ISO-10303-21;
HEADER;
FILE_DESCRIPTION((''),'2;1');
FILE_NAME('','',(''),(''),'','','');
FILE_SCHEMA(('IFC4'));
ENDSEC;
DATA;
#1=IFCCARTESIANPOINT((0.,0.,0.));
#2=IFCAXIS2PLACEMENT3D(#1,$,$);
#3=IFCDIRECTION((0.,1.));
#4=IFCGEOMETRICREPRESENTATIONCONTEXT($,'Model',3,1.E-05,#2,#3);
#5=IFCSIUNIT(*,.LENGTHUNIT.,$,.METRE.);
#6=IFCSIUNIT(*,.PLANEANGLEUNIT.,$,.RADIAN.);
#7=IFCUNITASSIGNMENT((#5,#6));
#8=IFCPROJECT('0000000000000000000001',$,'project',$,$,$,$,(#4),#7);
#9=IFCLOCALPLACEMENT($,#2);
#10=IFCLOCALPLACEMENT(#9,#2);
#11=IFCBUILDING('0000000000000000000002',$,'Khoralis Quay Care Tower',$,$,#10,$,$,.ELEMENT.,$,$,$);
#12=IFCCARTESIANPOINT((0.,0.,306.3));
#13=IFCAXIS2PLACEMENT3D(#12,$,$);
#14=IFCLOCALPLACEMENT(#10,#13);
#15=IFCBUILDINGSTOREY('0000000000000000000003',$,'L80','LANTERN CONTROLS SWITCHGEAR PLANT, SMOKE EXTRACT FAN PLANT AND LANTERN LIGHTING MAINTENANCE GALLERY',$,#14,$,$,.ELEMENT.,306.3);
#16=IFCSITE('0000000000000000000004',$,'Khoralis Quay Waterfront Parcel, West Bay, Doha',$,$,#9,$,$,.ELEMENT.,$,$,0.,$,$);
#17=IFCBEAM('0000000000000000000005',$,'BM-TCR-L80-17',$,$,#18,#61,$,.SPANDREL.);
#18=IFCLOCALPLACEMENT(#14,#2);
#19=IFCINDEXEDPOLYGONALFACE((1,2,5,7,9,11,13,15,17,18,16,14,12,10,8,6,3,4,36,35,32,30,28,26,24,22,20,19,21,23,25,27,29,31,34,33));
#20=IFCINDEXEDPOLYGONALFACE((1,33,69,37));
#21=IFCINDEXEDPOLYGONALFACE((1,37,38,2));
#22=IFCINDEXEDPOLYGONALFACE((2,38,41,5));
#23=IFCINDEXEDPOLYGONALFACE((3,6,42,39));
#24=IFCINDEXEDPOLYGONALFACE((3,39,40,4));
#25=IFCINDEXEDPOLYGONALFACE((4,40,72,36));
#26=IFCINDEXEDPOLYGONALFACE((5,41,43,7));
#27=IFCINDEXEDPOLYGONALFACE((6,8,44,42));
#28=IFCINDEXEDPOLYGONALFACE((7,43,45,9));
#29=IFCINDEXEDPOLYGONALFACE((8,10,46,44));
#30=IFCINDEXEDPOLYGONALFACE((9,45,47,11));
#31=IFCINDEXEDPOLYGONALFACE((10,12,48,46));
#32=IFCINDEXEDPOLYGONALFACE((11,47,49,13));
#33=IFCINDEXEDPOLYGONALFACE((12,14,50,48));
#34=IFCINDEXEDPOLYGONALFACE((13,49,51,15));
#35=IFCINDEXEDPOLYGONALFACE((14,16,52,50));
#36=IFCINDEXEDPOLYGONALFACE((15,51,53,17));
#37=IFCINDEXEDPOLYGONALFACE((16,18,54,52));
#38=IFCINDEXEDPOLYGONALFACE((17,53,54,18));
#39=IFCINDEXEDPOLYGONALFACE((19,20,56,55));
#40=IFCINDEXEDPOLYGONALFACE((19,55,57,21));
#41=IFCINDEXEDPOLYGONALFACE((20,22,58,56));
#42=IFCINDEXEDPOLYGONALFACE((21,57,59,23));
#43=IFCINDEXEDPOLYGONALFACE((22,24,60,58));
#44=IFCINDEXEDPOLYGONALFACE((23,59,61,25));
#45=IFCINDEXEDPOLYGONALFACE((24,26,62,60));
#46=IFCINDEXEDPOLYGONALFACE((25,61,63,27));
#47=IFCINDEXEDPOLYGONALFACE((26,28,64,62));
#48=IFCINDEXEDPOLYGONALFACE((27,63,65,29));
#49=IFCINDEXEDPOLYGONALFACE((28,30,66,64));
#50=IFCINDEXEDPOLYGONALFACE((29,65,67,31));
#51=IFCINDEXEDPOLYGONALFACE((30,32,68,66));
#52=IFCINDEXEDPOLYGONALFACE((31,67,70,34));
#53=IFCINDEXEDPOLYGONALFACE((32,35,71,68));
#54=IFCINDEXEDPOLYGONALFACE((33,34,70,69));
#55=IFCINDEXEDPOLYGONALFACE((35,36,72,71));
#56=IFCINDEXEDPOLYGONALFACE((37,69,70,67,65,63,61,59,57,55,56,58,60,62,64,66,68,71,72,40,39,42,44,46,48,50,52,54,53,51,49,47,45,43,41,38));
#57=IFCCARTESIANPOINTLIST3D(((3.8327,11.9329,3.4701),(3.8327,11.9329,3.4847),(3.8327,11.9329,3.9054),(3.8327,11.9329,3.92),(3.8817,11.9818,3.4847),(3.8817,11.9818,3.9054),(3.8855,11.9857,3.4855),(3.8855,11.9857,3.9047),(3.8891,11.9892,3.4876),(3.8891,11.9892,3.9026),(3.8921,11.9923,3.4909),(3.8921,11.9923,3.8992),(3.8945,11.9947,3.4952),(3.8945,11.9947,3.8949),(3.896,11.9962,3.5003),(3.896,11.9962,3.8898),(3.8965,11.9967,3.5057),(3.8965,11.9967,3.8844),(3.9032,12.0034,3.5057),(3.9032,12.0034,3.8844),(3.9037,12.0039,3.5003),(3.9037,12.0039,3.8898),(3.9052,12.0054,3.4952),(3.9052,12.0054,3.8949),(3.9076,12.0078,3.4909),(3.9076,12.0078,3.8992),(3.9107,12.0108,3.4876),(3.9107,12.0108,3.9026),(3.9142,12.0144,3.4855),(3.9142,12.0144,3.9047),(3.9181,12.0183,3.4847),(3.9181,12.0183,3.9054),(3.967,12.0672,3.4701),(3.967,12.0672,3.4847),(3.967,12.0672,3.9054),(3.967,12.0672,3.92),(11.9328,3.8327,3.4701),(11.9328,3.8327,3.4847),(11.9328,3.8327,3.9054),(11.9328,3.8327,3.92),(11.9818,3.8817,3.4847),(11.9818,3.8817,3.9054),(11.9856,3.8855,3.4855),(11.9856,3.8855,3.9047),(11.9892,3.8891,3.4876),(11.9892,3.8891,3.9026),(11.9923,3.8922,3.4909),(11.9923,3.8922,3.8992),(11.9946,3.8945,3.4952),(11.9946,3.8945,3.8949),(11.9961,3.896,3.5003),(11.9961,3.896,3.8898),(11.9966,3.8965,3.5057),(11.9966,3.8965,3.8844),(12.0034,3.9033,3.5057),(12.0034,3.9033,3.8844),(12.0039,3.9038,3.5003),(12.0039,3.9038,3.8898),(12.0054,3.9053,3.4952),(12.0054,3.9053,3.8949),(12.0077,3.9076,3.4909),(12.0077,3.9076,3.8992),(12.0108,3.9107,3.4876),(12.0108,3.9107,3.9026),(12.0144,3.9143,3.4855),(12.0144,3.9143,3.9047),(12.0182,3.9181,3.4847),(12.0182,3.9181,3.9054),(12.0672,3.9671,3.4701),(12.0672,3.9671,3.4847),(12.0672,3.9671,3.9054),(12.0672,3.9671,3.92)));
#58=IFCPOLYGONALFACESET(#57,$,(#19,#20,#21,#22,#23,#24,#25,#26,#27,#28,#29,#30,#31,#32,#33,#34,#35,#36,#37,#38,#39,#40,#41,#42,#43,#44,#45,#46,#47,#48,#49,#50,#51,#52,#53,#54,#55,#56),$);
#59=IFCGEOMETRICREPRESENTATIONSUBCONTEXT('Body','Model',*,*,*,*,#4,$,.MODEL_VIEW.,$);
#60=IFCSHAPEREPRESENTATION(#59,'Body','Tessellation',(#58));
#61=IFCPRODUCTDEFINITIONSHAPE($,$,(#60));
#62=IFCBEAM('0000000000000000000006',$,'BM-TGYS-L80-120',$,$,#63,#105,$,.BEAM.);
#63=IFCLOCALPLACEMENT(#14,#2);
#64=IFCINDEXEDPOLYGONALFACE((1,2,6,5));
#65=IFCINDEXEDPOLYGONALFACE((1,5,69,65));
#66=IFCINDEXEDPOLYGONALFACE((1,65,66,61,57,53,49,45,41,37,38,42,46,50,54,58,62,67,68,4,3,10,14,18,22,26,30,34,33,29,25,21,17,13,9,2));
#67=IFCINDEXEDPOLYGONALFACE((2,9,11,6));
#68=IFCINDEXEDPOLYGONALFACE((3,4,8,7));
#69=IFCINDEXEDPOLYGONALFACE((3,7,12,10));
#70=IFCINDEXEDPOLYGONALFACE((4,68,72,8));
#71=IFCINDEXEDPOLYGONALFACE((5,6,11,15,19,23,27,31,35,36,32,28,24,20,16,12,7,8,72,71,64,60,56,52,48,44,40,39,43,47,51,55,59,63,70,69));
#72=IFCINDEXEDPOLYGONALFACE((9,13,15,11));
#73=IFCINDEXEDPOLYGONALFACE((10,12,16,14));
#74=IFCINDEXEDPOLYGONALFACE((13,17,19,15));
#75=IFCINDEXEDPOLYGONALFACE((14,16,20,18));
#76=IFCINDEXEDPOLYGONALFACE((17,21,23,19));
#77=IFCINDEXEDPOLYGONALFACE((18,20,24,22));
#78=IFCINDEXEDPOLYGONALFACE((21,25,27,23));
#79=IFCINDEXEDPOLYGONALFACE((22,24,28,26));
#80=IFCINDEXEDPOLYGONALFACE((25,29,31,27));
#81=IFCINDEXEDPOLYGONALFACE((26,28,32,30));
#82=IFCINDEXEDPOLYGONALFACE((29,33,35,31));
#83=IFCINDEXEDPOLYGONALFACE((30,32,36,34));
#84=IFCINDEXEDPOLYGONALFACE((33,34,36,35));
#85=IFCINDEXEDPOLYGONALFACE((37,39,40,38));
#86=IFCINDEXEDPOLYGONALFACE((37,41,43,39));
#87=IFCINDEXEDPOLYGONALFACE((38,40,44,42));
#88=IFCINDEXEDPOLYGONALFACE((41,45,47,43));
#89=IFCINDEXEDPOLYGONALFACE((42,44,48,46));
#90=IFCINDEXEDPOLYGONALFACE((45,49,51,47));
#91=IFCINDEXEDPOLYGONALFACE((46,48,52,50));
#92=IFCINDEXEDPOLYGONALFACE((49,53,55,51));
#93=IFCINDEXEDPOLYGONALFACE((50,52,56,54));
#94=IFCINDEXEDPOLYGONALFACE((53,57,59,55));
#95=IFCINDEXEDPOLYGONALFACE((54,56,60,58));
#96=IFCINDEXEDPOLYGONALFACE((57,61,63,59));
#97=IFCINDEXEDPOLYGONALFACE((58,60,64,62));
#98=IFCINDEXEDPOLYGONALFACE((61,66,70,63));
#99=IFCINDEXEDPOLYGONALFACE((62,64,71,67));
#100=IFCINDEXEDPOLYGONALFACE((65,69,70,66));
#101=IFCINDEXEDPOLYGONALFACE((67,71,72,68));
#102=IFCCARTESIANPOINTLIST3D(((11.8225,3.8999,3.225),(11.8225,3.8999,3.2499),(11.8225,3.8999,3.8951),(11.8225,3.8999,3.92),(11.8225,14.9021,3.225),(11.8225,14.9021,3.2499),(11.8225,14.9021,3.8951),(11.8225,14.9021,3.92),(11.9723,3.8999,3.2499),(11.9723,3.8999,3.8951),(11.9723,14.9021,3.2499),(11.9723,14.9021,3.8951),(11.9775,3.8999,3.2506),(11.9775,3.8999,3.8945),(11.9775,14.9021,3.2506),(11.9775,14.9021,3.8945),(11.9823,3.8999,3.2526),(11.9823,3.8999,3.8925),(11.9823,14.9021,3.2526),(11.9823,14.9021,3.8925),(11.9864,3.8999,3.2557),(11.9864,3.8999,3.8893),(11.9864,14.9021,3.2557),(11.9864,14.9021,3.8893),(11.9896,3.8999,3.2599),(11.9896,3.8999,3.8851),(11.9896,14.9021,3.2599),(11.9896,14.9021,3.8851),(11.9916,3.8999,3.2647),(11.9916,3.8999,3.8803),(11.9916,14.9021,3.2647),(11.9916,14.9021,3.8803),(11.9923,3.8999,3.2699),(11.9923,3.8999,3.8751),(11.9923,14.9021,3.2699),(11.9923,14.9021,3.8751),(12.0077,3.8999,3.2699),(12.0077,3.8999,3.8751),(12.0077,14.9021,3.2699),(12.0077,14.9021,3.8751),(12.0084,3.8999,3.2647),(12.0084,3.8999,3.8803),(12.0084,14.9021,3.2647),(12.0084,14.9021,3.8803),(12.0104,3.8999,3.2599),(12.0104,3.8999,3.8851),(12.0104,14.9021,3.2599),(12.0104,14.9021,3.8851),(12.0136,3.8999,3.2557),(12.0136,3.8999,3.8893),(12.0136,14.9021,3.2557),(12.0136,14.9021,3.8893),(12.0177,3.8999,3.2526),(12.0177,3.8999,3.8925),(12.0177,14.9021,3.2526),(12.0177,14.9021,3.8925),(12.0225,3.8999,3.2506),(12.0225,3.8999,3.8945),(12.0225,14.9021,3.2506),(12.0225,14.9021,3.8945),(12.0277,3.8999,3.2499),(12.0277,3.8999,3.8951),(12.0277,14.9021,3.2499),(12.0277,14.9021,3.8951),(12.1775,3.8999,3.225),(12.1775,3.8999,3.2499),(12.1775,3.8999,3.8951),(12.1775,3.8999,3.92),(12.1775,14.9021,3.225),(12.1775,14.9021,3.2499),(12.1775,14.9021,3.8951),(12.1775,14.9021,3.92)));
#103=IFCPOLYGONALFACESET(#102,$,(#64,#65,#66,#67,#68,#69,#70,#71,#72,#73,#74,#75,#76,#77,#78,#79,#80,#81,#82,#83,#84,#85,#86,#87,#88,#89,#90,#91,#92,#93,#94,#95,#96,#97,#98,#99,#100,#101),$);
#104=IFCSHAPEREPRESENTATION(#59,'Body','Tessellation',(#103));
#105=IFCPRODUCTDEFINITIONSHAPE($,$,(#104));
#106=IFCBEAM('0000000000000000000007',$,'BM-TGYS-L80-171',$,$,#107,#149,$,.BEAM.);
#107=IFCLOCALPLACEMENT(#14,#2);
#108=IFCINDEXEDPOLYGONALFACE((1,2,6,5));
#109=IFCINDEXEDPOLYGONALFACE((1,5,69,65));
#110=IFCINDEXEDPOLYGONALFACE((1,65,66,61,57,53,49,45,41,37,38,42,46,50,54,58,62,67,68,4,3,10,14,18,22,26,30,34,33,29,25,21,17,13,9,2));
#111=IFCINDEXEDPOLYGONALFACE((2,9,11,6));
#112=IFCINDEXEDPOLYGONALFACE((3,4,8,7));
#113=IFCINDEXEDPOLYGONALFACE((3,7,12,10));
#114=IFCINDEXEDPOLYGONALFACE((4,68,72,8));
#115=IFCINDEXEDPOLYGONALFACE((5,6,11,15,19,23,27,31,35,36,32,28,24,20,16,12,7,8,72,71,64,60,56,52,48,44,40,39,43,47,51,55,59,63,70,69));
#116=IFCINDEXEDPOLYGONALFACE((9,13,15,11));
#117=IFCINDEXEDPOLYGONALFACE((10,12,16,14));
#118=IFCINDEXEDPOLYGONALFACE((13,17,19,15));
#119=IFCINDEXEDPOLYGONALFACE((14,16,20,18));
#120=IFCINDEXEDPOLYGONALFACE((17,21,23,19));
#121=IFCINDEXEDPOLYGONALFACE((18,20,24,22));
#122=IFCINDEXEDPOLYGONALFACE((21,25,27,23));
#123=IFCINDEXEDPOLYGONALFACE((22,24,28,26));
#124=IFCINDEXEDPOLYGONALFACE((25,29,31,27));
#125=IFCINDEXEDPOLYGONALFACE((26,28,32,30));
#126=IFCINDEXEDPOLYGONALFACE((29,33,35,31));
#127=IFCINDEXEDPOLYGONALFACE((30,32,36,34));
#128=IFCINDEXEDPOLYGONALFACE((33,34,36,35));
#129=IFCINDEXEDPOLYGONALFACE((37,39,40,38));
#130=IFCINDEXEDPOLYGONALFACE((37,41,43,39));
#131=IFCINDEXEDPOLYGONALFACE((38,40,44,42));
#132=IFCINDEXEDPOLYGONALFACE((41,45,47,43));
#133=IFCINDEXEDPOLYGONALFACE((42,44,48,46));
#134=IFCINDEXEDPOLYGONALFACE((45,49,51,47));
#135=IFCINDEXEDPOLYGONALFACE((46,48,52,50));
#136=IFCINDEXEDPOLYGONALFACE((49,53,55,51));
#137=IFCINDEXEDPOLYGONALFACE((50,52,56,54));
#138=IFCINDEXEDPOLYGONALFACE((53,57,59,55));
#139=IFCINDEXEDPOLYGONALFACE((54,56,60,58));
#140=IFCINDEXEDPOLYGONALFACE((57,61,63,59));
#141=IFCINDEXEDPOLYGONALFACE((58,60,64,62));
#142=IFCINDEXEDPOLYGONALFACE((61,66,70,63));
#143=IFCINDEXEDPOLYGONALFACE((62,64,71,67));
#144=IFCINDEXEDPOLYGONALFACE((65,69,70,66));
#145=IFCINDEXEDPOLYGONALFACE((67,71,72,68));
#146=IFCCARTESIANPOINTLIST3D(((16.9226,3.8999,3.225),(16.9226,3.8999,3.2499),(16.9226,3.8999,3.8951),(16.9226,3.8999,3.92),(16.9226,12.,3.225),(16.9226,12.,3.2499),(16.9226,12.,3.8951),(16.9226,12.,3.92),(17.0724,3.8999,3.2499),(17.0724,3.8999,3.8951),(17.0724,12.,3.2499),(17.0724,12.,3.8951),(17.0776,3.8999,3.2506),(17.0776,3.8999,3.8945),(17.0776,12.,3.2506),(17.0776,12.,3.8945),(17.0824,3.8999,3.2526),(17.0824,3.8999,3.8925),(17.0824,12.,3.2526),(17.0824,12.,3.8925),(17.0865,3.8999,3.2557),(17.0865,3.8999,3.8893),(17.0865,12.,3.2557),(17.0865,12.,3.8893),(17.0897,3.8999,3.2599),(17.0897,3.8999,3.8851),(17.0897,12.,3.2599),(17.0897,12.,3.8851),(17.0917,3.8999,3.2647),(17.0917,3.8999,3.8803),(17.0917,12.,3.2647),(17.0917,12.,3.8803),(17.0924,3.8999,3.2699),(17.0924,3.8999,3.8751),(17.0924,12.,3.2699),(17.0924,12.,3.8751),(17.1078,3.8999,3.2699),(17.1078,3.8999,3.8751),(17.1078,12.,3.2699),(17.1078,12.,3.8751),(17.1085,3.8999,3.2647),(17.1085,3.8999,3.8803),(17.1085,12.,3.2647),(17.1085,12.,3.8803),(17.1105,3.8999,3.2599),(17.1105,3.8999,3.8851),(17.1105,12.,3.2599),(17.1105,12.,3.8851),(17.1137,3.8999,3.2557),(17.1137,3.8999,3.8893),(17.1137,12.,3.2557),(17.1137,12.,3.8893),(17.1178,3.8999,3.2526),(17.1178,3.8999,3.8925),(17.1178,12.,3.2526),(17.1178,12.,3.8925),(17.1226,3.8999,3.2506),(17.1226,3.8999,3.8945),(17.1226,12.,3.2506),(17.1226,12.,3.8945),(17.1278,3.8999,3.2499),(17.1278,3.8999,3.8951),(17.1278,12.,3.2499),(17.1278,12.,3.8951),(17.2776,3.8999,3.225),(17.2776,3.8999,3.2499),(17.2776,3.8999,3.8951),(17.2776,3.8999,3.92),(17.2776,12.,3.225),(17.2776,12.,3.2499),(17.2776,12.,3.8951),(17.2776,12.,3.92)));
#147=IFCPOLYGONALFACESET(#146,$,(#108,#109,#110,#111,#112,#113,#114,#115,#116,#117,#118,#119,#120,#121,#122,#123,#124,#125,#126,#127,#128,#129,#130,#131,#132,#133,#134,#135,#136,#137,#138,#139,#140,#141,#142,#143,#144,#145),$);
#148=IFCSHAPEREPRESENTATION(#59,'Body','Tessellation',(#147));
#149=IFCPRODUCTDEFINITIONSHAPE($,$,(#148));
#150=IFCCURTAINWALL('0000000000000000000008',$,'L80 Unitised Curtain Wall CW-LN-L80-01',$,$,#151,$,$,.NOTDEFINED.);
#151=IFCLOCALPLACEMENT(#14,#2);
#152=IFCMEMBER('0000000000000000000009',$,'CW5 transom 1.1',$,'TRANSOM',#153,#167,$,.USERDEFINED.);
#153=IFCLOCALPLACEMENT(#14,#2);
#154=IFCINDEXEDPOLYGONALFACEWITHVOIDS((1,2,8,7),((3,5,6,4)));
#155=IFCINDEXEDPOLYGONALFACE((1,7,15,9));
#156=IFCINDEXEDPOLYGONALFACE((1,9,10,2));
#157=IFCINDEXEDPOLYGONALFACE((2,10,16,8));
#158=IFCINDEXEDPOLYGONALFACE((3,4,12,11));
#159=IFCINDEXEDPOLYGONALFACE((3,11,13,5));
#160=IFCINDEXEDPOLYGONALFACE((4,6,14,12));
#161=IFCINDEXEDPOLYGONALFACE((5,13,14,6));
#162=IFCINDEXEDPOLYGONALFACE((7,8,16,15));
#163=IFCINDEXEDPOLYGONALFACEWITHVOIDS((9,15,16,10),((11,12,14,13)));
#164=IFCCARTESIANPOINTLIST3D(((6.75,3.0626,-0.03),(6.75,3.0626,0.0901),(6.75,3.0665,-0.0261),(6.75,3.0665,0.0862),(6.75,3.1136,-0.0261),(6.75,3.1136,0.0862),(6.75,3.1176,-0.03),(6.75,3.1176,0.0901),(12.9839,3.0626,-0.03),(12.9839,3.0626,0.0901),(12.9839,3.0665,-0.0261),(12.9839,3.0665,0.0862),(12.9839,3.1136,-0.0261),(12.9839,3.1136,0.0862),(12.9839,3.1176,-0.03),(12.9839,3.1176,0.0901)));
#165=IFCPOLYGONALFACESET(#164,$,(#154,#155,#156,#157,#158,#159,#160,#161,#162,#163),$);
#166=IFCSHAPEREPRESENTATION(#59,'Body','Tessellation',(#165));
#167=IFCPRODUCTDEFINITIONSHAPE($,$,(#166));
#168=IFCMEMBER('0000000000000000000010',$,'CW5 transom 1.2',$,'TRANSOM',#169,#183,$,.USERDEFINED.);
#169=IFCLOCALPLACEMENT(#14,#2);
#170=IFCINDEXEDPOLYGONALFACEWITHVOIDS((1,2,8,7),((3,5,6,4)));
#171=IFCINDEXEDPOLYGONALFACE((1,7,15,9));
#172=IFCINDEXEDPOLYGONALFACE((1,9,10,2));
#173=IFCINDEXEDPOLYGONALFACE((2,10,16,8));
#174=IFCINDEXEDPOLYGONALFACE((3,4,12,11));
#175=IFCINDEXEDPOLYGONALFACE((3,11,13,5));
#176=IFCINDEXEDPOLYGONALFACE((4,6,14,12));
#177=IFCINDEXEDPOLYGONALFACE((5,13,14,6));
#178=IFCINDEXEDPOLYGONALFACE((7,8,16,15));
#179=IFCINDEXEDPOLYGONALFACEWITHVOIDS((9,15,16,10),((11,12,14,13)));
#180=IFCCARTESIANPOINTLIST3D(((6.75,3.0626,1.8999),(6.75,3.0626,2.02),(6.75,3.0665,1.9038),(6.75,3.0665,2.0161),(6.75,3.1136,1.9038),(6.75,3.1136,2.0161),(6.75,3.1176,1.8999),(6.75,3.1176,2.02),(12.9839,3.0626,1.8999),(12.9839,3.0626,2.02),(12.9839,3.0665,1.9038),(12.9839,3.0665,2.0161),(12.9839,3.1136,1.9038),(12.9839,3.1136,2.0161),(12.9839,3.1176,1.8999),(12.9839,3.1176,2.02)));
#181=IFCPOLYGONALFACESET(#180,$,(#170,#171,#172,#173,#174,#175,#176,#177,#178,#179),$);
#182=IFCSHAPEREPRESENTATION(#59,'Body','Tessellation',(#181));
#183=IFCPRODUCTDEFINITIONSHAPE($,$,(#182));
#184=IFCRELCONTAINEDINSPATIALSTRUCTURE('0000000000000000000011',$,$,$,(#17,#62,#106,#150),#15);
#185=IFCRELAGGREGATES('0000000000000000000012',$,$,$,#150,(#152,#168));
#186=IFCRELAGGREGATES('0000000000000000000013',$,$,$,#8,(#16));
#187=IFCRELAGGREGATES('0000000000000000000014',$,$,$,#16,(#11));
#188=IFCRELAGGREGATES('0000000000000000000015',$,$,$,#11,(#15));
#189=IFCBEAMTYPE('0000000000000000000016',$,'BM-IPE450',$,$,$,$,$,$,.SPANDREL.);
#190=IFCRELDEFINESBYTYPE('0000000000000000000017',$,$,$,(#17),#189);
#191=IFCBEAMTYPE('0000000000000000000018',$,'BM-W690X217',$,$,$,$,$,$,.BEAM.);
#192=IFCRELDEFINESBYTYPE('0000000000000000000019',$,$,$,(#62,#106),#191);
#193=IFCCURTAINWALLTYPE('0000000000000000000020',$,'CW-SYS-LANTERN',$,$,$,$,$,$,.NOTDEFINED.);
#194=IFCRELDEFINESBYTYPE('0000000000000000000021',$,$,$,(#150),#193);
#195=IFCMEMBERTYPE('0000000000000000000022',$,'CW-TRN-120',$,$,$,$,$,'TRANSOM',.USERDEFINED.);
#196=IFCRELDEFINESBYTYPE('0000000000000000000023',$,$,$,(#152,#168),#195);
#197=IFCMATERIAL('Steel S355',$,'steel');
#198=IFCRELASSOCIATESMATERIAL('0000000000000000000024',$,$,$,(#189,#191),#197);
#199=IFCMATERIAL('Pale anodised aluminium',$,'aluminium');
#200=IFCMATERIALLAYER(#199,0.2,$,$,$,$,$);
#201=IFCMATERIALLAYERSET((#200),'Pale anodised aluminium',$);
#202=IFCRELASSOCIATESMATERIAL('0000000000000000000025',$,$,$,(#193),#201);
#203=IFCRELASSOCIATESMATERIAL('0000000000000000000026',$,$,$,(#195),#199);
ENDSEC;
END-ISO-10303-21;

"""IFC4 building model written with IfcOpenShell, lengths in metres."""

from ifc_helpers import new_model, si_unit, direction, frame, origin, origin_2d, place, context, subcontext, project, spatial, hollow_rectangle, i_section, extrude, source, transform, mapped, material, layer, layer_set, material_profile, profile_set, type_object, element, aggregate, save


model = new_model("IFC4")

# Units and contexts
model_context = context("Model", 3, precision=1e-05, world=origin(), true_north=direction((0.0, 1.0)))
body_context = subcontext(model_context, "Body", "Model", "MODEL_VIEW")
ifc_project = project(units=[si_unit("LENGTHUNIT", "METRE"), si_unit("PLANEANGLEUNIT", "RADIAN")], contexts=[model_context])

# Site, building, storey
site_placement = place(None, origin())
site = spatial("IfcSite", under=ifc_project, at=site_placement, Name="Khoralis Quay Waterfront Parcel, West Bay, Doha", CompositionType="ELEMENT", RefElevation=0.0)
building_placement = place(site_placement, origin())
building = spatial("IfcBuilding", under=site, at=building_placement, Name="Khoralis Quay Care Tower", CompositionType="ELEMENT")
storey_placement = place(building_placement, frame((0.0, 0.0, 306.3)))
storey = spatial("IfcBuildingStorey", under=building, at=storey_placement, Name="L80", Description="LANTERN CONTROLS SWITCHGEAR PLANT, SMOKE EXTRACT FAN PLANT AND LANTERN LIGHTING MAINTENANCE GALLERY", CompositionType="ELEMENT", Elevation=306.3)

# Shared definitions
ifc_material_1 = material(Name="Steel S355", Category="steel")

# Beams
ifc_material_profile_1 = material_profile(ifc_material_1, i_section(OverallWidth=0.1899, OverallDepth=0.45, WebThickness=0.0095, FlangeThickness=0.0146, FilletRadius=0.021, at=origin_2d()), Name="Steel S355")
ifc_profile_set_1 = profile_set([ifc_material_profile_1], Name="Steel S355")
beam_type_1 = type_object("IfcBeamType", Name="BM-IPE450", PredefinedType="SPANDREL", material=ifc_profile_set_1)
shared_shape_1 = source(origin(), body_context, "Body", "SweptSolid", [
    extrude(i_section(OverallWidth=0.1899, OverallDepth=0.45, WebThickness=0.0095, FlangeThickness=0.0146, FilletRadius=0.021, at=origin_2d()), origin(), (0.0, 0.0, 1.0), 11.4553),
])
beam_1_placement = place(storey_placement, frame((12.0, 3.8999, 3.6951), z_axis=(-0.707107, 0.707107, 0.0), x_axis=(-0.707107, -0.707107, 0.0)))
element("IfcBeam", 1, at=beam_1_placement, inside=storey, type_object=beam_type_1, Name="BM-TCR-L80-17", PredefinedType="SPANDREL", context=body_context, shape_type="MappedRepresentation", body=[
    mapped(shared_shape_1, transform((0.0, 0.0, 0.0), scale=1.0)),
])
ifc_material_profile_2 = material_profile(ifc_material_1, i_section(OverallWidth=0.355, OverallDepth=0.6951, WebThickness=0.0154, FlangeThickness=0.0249, FilletRadius=0.02, at=origin_2d()), Name="Steel S355")
ifc_profile_set_2 = profile_set([ifc_material_profile_2], Name="Steel S355")
beam_type_2 = type_object("IfcBeamType", Name="BM-W690X217", PredefinedType="BEAM", material=ifc_profile_set_2)
shared_shape_2 = source(origin(), body_context, "Body", "SweptSolid", [
    extrude(i_section(OverallWidth=0.355, OverallDepth=0.6951, WebThickness=0.0154, FlangeThickness=0.0249, FilletRadius=0.02, at=origin_2d()), origin(), (0.0, 0.0, 1.0), 11.0022),
])
beam_2_placement = place(storey_placement, frame((12.0, 3.8999, 3.5725), z_axis=(0.0, 1.0, 0.0), x_axis=(-1.0, 0.0, 0.0)))
element("IfcBeam", 2, at=beam_2_placement, inside=storey, type_object=beam_type_2, Name="BM-TGYS-L80-120", PredefinedType="BEAM", context=body_context, shape_type="MappedRepresentation", body=[
    mapped(shared_shape_2, transform((0.0, 0.0, 0.0), scale=1.0)),
])
shared_shape_3 = source(origin(), body_context, "Body", "SweptSolid", [
    extrude(i_section(OverallWidth=0.355, OverallDepth=0.6951, WebThickness=0.0154, FlangeThickness=0.0249, FilletRadius=0.02, at=origin_2d()), origin(), (0.0, 0.0, 1.0), 8.1001),
])
beam_3_placement = place(storey_placement, frame((17.1001, 3.8999, 3.5725), z_axis=(0.0, 1.0, 0.0), x_axis=(-1.0, 0.0, 0.0)))
element("IfcBeam", 3, at=beam_3_placement, inside=storey, type_object=beam_type_2, Name="BM-TGYS-L80-171", PredefinedType="BEAM", context=body_context, shape_type="MappedRepresentation", body=[
    mapped(shared_shape_3, transform((0.0, 0.0, 0.0), scale=1.0)),
])

# Curtain wall, members
ifc_material_2 = material(Name="Pale anodised aluminium", Category="aluminium")
ifc_layer_1 = layer(ifc_material_2, 0.2)
ifc_layer_set_1 = layer_set([ifc_layer_1], Name="Pale anodised aluminium")
curtain_wall_type = type_object("IfcCurtainWallType", Name="CW-SYS-LANTERN", PredefinedType="NOTDEFINED", material=ifc_layer_set_1)
curtain_wall_1_placement = place(storey_placement, origin())
curtain_wall_1 = element("IfcCurtainWall", 4, at=curtain_wall_1_placement, inside=storey, type_object=curtain_wall_type, Name="L80 Unitised Curtain Wall CW-LN-L80-01", PredefinedType="NOTDEFINED")
ifc_material_profile_3 = material_profile(ifc_material_2, hollow_rectangle(XDim=0.0549, YDim=0.1201, WallThickness=0.0039, at=origin_2d()), Name="Pale anodised aluminium")
ifc_profile_set_3 = profile_set([ifc_material_profile_3], Name="Pale anodised aluminium")
member_type_1 = type_object("IfcMemberType", Name="CW-TRN-120", ElementType="TRANSOM", PredefinedType="USERDEFINED", material=ifc_profile_set_3)
shared_shape_4 = source(origin(), body_context, "Body", "SweptSolid", [
    extrude(hollow_rectangle(XDim=0.0549, YDim=0.1201, WallThickness=0.0039, at=origin_2d()), origin(), (0.0, 0.0, 1.0), 6.2339),
])
member_1_placement = place(storey_placement, frame((6.75, 3.0901, 0.03), z_axis=(1.0, 0.0, 0.0), x_axis=(0.0, 1.0, 0.0)))
member_1 = element("IfcMember", 5, at=member_1_placement, type_object=member_type_1, Name="CW5 transom 1.1", ObjectType="TRANSOM", PredefinedType="USERDEFINED", context=body_context, shape_type="MappedRepresentation", body=[
    mapped(shared_shape_4, transform((0.0, 0.0, 0.0), scale=1.0)),
])
member_2_placement = place(storey_placement, frame((6.75, 3.0901, 1.96), z_axis=(1.0, 0.0, 0.0), x_axis=(0.0, 1.0, 0.0)))
member_2 = element("IfcMember", 6, at=member_2_placement, type_object=member_type_1, Name="CW5 transom 1.2", ObjectType="TRANSOM", PredefinedType="USERDEFINED", context=body_context, shape_type="MappedRepresentation", body=[
    mapped(shared_shape_4, transform((0.0, 0.0, 0.0), scale=1.0)),
])

aggregate(curtain_wall_1, [member_1, member_2])

save(model, "model.ifc")
